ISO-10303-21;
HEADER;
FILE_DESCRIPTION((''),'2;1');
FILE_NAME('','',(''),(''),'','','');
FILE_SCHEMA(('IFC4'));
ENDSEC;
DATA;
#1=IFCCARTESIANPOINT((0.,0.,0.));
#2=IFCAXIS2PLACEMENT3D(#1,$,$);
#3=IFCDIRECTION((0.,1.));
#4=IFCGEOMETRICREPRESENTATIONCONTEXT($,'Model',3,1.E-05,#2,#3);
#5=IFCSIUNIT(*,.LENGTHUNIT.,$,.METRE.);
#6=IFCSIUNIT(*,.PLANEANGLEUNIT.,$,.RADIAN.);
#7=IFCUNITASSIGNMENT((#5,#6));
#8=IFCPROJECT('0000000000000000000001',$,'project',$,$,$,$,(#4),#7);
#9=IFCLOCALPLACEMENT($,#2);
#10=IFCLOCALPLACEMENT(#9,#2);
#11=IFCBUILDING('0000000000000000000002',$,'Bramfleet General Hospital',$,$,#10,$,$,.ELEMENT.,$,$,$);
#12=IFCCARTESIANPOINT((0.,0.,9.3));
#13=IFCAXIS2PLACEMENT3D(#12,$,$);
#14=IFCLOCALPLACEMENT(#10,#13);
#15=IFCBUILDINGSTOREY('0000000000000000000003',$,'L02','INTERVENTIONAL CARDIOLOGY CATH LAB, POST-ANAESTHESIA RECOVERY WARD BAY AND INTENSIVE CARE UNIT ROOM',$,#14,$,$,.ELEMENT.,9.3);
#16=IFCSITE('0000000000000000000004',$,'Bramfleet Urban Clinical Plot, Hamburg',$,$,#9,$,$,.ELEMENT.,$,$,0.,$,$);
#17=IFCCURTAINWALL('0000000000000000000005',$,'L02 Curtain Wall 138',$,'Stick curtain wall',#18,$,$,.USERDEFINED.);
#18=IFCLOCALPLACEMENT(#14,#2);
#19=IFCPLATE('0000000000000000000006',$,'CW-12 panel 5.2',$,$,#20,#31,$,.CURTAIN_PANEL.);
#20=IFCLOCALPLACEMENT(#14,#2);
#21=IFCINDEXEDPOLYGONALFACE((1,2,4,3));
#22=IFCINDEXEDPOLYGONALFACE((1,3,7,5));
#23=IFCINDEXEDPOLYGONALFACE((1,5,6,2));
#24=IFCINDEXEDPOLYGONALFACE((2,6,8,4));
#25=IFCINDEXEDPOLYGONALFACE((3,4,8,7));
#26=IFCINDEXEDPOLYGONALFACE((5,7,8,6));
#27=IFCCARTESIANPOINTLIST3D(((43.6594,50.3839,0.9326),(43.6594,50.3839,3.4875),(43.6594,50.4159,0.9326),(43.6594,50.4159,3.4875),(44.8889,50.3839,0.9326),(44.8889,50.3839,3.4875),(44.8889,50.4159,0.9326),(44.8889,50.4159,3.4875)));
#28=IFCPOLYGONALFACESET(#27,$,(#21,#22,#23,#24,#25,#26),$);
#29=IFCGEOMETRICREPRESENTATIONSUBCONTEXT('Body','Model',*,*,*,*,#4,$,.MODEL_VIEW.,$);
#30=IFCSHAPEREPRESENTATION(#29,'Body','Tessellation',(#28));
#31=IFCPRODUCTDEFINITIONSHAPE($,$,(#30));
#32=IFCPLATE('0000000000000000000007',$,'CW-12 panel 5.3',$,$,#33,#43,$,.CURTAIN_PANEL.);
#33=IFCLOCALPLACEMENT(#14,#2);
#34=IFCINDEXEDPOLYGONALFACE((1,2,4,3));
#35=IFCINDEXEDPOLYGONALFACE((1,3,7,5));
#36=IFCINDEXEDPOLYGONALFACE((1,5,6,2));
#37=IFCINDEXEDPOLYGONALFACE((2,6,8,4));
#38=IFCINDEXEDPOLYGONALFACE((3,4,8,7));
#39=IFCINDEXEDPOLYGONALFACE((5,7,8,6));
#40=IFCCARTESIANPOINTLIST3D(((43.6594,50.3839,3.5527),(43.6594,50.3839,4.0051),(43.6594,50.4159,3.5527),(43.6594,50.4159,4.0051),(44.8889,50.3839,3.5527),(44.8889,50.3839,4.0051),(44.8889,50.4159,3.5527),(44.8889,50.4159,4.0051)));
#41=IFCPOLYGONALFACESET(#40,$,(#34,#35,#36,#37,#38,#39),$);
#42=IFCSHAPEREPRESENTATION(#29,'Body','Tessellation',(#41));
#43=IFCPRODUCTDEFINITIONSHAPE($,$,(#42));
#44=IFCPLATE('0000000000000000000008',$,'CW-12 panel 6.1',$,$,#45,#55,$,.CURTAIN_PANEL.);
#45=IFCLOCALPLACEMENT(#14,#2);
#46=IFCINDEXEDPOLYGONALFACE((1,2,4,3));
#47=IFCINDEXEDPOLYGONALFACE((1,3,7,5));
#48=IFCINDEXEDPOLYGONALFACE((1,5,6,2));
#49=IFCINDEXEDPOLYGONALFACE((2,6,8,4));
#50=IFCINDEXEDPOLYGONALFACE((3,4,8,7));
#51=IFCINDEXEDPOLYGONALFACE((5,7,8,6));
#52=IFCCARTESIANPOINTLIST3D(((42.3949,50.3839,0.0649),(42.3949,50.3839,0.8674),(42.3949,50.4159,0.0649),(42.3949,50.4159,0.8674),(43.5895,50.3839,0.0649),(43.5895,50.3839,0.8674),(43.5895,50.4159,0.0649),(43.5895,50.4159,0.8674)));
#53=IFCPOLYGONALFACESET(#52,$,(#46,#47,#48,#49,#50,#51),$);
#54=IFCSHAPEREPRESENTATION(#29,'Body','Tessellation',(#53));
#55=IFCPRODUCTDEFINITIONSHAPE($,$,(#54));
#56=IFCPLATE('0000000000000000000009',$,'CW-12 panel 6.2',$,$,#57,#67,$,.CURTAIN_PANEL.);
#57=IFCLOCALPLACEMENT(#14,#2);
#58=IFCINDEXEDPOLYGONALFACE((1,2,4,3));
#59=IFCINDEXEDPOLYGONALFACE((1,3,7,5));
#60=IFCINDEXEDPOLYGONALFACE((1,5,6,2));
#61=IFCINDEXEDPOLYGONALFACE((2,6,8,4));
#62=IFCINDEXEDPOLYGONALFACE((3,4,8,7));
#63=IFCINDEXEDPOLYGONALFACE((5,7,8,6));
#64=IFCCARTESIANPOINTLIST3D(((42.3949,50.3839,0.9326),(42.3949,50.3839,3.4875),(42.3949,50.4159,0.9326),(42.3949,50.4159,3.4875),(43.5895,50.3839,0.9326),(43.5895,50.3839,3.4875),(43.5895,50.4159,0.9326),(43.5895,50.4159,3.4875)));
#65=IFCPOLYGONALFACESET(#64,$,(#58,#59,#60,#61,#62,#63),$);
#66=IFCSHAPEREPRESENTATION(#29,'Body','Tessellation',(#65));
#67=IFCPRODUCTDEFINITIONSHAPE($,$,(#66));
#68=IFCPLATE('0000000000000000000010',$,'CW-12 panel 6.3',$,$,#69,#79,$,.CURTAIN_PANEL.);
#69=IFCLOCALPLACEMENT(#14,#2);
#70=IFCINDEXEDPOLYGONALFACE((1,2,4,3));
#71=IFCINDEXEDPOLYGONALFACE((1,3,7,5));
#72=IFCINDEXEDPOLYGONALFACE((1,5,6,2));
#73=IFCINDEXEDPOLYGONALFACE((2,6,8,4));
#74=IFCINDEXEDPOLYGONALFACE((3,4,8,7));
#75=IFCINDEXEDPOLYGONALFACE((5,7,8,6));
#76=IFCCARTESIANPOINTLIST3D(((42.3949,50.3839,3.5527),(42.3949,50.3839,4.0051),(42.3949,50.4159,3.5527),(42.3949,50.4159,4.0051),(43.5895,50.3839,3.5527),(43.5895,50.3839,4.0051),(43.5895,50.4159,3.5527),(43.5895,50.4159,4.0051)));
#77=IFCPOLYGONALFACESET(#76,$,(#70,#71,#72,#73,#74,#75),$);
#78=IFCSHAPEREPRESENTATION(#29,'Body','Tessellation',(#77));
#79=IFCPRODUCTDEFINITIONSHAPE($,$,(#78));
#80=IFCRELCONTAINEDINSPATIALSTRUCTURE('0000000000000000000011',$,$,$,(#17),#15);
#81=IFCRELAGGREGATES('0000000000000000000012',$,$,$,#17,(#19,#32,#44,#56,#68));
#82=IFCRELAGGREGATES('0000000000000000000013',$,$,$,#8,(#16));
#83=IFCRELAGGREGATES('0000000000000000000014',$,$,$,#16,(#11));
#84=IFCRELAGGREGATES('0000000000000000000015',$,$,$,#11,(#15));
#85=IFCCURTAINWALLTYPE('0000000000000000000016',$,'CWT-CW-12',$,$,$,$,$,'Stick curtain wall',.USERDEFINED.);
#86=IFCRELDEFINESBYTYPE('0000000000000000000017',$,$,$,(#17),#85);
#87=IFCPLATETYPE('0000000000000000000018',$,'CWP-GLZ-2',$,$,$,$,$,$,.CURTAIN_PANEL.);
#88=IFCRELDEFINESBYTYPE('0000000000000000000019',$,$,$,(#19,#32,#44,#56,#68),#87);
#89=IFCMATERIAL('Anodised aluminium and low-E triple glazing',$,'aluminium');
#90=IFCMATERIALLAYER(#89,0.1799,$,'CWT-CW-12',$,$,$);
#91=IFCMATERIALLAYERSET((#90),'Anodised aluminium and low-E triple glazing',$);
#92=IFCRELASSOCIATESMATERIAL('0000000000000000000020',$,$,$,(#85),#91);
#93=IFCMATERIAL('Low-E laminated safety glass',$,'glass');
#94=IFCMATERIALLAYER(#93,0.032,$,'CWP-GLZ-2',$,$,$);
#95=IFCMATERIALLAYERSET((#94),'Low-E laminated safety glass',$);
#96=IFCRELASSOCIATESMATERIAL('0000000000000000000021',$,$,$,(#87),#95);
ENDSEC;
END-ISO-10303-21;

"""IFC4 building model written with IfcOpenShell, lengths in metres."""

from ifc_helpers import new_model, si_unit, direction, frame, origin, origin_2d, place, context, subcontext, project, spatial, rectangle, extrude, material, layer, layer_set, type_object, element, aggregate, save


model = new_model("IFC4")

# Units and contexts
model_context = context("Model", 3, precision=1e-05, world=origin(), true_north=direction((0.0, 1.0)))
body_context = subcontext(model_context, "Body", "Model", "MODEL_VIEW")
ifc_project = project(units=[si_unit("LENGTHUNIT", "METRE"), si_unit("PLANEANGLEUNIT", "RADIAN")], contexts=[model_context])

# Site, building, storey
site_placement = place(None, origin())
site = spatial("IfcSite", under=ifc_project, at=site_placement, Name="Bramfleet Urban Clinical Plot, Hamburg", CompositionType="ELEMENT", RefElevation=0.0)
building_placement = place(site_placement, origin())
building = spatial("IfcBuilding", under=site, at=building_placement, Name="Bramfleet General Hospital", CompositionType="ELEMENT")
storey_placement = place(building_placement, frame((0.0, 0.0, 9.3)))
storey = spatial("IfcBuildingStorey", under=building, at=storey_placement, Name="L02", Description="INTERVENTIONAL CARDIOLOGY CATH LAB, POST-ANAESTHESIA RECOVERY WARD BAY AND INTENSIVE CARE UNIT ROOM", CompositionType="ELEMENT", Elevation=9.3)

# Curtain wall
ifc_material_1 = material(Name="Anodised aluminium and low-E triple glazing", Category="aluminium")
ifc_layer_1 = layer(ifc_material_1, 0.1799, Name="CWT-CW-12")
ifc_layer_set_1 = layer_set([ifc_layer_1], Name="Anodised aluminium and low-E triple glazing")
curtain_wall_type_1 = type_object("IfcCurtainWallType", Name="CWT-CW-12", ElementType="Stick curtain wall", PredefinedType="USERDEFINED", material=ifc_layer_set_1)
curtain_wall_1_placement = place(storey_placement, origin())
curtain_wall_1 = element("IfcCurtainWall", 1, at=curtain_wall_1_placement, inside=storey, type_object=curtain_wall_type_1, Name="L02 Curtain Wall 138", ObjectType="Stick curtain wall", PredefinedType="USERDEFINED")

# Plates
ifc_material_2 = material(Name="Low-E laminated safety glass", Category="glass")
ifc_layer_2 = layer(ifc_material_2, 0.032, Name="CWP-GLZ-2")
ifc_layer_set_2 = layer_set([ifc_layer_2], Name="Low-E laminated safety glass")
plate_type = type_object("IfcPlateType", Name="CWP-GLZ-2", PredefinedType="CURTAIN_PANEL", material=ifc_layer_set_2)
plate_1_placement = place(storey_placement, frame((44.2742, 50.3999, 0.9326), z_axis=(0.0, 0.0, 1.0), x_axis=(-1.0, 0.0, 0.0)))
plate_1 = element("IfcPlate", 2, at=plate_1_placement, type_object=plate_type, Name="CW-12 panel 5.2", PredefinedType="CURTAIN_PANEL", context=body_context, shape_type="SweptSolid", body=[
    extrude(rectangle(XDim=1.2295, YDim=0.032, at=origin_2d()), origin(), (0.0, 0.0, 1.0), 2.5549),
])
plate_2_placement = place(storey_placement, frame((44.2742, 50.3999, 3.5527), z_axis=(0.0, 0.0, 1.0), x_axis=(-1.0, 0.0, 0.0)))
plate_2 = element("IfcPlate", 3, at=plate_2_placement, type_object=plate_type, Name="CW-12 panel 5.3", PredefinedType="CURTAIN_PANEL", context=body_context, shape_type="SweptSolid", body=[
    extrude(rectangle(XDim=1.2295, YDim=0.032, at=origin_2d()), origin(), (0.0, 0.0, 1.0), 0.4524),
])
plate_3_placement = place(storey_placement, frame((42.9922, 50.3999, 0.0649), z_axis=(0.0, 0.0, 1.0), x_axis=(-1.0, 0.0, 0.0)))
plate_3 = element("IfcPlate", 4, at=plate_3_placement, type_object=plate_type, Name="CW-12 panel 6.1", PredefinedType="CURTAIN_PANEL", context=body_context, shape_type="SweptSolid", body=[
    extrude(rectangle(XDim=1.1946, YDim=0.032, at=origin_2d()), origin(), (0.0, 0.0, 1.0), 0.8025),
])
plate_4_placement = place(storey_placement, frame((42.9922, 50.3999, 0.9326), z_axis=(0.0, 0.0, 1.0), x_axis=(-1.0, 0.0, 0.0)))
plate_4 = element("IfcPlate", 5, at=plate_4_placement, type_object=plate_type, Name="CW-12 panel 6.2", PredefinedType="CURTAIN_PANEL", context=body_context, shape_type="SweptSolid", body=[
    extrude(rectangle(XDim=1.1946, YDim=0.032, at=origin_2d()), origin(), (0.0, 0.0, 1.0), 2.5549),
])
plate_5_placement = place(storey_placement, frame((42.9922, 50.3999, 3.5527), z_axis=(0.0, 0.0, 1.0), x_axis=(-1.0, 0.0, 0.0)))
plate_5 = element("IfcPlate", 6, at=plate_5_placement, type_object=plate_type, Name="CW-12 panel 6.3", PredefinedType="CURTAIN_PANEL", context=body_context, shape_type="SweptSolid", body=[
    extrude(rectangle(XDim=1.1946, YDim=0.032, at=origin_2d()), origin(), (0.0, 0.0, 1.0), 0.4524),
])
aggregate(curtain_wall_1, [plate_1, plate_2, plate_3, plate_4, plate_5])

save(model, "model.ifc")
